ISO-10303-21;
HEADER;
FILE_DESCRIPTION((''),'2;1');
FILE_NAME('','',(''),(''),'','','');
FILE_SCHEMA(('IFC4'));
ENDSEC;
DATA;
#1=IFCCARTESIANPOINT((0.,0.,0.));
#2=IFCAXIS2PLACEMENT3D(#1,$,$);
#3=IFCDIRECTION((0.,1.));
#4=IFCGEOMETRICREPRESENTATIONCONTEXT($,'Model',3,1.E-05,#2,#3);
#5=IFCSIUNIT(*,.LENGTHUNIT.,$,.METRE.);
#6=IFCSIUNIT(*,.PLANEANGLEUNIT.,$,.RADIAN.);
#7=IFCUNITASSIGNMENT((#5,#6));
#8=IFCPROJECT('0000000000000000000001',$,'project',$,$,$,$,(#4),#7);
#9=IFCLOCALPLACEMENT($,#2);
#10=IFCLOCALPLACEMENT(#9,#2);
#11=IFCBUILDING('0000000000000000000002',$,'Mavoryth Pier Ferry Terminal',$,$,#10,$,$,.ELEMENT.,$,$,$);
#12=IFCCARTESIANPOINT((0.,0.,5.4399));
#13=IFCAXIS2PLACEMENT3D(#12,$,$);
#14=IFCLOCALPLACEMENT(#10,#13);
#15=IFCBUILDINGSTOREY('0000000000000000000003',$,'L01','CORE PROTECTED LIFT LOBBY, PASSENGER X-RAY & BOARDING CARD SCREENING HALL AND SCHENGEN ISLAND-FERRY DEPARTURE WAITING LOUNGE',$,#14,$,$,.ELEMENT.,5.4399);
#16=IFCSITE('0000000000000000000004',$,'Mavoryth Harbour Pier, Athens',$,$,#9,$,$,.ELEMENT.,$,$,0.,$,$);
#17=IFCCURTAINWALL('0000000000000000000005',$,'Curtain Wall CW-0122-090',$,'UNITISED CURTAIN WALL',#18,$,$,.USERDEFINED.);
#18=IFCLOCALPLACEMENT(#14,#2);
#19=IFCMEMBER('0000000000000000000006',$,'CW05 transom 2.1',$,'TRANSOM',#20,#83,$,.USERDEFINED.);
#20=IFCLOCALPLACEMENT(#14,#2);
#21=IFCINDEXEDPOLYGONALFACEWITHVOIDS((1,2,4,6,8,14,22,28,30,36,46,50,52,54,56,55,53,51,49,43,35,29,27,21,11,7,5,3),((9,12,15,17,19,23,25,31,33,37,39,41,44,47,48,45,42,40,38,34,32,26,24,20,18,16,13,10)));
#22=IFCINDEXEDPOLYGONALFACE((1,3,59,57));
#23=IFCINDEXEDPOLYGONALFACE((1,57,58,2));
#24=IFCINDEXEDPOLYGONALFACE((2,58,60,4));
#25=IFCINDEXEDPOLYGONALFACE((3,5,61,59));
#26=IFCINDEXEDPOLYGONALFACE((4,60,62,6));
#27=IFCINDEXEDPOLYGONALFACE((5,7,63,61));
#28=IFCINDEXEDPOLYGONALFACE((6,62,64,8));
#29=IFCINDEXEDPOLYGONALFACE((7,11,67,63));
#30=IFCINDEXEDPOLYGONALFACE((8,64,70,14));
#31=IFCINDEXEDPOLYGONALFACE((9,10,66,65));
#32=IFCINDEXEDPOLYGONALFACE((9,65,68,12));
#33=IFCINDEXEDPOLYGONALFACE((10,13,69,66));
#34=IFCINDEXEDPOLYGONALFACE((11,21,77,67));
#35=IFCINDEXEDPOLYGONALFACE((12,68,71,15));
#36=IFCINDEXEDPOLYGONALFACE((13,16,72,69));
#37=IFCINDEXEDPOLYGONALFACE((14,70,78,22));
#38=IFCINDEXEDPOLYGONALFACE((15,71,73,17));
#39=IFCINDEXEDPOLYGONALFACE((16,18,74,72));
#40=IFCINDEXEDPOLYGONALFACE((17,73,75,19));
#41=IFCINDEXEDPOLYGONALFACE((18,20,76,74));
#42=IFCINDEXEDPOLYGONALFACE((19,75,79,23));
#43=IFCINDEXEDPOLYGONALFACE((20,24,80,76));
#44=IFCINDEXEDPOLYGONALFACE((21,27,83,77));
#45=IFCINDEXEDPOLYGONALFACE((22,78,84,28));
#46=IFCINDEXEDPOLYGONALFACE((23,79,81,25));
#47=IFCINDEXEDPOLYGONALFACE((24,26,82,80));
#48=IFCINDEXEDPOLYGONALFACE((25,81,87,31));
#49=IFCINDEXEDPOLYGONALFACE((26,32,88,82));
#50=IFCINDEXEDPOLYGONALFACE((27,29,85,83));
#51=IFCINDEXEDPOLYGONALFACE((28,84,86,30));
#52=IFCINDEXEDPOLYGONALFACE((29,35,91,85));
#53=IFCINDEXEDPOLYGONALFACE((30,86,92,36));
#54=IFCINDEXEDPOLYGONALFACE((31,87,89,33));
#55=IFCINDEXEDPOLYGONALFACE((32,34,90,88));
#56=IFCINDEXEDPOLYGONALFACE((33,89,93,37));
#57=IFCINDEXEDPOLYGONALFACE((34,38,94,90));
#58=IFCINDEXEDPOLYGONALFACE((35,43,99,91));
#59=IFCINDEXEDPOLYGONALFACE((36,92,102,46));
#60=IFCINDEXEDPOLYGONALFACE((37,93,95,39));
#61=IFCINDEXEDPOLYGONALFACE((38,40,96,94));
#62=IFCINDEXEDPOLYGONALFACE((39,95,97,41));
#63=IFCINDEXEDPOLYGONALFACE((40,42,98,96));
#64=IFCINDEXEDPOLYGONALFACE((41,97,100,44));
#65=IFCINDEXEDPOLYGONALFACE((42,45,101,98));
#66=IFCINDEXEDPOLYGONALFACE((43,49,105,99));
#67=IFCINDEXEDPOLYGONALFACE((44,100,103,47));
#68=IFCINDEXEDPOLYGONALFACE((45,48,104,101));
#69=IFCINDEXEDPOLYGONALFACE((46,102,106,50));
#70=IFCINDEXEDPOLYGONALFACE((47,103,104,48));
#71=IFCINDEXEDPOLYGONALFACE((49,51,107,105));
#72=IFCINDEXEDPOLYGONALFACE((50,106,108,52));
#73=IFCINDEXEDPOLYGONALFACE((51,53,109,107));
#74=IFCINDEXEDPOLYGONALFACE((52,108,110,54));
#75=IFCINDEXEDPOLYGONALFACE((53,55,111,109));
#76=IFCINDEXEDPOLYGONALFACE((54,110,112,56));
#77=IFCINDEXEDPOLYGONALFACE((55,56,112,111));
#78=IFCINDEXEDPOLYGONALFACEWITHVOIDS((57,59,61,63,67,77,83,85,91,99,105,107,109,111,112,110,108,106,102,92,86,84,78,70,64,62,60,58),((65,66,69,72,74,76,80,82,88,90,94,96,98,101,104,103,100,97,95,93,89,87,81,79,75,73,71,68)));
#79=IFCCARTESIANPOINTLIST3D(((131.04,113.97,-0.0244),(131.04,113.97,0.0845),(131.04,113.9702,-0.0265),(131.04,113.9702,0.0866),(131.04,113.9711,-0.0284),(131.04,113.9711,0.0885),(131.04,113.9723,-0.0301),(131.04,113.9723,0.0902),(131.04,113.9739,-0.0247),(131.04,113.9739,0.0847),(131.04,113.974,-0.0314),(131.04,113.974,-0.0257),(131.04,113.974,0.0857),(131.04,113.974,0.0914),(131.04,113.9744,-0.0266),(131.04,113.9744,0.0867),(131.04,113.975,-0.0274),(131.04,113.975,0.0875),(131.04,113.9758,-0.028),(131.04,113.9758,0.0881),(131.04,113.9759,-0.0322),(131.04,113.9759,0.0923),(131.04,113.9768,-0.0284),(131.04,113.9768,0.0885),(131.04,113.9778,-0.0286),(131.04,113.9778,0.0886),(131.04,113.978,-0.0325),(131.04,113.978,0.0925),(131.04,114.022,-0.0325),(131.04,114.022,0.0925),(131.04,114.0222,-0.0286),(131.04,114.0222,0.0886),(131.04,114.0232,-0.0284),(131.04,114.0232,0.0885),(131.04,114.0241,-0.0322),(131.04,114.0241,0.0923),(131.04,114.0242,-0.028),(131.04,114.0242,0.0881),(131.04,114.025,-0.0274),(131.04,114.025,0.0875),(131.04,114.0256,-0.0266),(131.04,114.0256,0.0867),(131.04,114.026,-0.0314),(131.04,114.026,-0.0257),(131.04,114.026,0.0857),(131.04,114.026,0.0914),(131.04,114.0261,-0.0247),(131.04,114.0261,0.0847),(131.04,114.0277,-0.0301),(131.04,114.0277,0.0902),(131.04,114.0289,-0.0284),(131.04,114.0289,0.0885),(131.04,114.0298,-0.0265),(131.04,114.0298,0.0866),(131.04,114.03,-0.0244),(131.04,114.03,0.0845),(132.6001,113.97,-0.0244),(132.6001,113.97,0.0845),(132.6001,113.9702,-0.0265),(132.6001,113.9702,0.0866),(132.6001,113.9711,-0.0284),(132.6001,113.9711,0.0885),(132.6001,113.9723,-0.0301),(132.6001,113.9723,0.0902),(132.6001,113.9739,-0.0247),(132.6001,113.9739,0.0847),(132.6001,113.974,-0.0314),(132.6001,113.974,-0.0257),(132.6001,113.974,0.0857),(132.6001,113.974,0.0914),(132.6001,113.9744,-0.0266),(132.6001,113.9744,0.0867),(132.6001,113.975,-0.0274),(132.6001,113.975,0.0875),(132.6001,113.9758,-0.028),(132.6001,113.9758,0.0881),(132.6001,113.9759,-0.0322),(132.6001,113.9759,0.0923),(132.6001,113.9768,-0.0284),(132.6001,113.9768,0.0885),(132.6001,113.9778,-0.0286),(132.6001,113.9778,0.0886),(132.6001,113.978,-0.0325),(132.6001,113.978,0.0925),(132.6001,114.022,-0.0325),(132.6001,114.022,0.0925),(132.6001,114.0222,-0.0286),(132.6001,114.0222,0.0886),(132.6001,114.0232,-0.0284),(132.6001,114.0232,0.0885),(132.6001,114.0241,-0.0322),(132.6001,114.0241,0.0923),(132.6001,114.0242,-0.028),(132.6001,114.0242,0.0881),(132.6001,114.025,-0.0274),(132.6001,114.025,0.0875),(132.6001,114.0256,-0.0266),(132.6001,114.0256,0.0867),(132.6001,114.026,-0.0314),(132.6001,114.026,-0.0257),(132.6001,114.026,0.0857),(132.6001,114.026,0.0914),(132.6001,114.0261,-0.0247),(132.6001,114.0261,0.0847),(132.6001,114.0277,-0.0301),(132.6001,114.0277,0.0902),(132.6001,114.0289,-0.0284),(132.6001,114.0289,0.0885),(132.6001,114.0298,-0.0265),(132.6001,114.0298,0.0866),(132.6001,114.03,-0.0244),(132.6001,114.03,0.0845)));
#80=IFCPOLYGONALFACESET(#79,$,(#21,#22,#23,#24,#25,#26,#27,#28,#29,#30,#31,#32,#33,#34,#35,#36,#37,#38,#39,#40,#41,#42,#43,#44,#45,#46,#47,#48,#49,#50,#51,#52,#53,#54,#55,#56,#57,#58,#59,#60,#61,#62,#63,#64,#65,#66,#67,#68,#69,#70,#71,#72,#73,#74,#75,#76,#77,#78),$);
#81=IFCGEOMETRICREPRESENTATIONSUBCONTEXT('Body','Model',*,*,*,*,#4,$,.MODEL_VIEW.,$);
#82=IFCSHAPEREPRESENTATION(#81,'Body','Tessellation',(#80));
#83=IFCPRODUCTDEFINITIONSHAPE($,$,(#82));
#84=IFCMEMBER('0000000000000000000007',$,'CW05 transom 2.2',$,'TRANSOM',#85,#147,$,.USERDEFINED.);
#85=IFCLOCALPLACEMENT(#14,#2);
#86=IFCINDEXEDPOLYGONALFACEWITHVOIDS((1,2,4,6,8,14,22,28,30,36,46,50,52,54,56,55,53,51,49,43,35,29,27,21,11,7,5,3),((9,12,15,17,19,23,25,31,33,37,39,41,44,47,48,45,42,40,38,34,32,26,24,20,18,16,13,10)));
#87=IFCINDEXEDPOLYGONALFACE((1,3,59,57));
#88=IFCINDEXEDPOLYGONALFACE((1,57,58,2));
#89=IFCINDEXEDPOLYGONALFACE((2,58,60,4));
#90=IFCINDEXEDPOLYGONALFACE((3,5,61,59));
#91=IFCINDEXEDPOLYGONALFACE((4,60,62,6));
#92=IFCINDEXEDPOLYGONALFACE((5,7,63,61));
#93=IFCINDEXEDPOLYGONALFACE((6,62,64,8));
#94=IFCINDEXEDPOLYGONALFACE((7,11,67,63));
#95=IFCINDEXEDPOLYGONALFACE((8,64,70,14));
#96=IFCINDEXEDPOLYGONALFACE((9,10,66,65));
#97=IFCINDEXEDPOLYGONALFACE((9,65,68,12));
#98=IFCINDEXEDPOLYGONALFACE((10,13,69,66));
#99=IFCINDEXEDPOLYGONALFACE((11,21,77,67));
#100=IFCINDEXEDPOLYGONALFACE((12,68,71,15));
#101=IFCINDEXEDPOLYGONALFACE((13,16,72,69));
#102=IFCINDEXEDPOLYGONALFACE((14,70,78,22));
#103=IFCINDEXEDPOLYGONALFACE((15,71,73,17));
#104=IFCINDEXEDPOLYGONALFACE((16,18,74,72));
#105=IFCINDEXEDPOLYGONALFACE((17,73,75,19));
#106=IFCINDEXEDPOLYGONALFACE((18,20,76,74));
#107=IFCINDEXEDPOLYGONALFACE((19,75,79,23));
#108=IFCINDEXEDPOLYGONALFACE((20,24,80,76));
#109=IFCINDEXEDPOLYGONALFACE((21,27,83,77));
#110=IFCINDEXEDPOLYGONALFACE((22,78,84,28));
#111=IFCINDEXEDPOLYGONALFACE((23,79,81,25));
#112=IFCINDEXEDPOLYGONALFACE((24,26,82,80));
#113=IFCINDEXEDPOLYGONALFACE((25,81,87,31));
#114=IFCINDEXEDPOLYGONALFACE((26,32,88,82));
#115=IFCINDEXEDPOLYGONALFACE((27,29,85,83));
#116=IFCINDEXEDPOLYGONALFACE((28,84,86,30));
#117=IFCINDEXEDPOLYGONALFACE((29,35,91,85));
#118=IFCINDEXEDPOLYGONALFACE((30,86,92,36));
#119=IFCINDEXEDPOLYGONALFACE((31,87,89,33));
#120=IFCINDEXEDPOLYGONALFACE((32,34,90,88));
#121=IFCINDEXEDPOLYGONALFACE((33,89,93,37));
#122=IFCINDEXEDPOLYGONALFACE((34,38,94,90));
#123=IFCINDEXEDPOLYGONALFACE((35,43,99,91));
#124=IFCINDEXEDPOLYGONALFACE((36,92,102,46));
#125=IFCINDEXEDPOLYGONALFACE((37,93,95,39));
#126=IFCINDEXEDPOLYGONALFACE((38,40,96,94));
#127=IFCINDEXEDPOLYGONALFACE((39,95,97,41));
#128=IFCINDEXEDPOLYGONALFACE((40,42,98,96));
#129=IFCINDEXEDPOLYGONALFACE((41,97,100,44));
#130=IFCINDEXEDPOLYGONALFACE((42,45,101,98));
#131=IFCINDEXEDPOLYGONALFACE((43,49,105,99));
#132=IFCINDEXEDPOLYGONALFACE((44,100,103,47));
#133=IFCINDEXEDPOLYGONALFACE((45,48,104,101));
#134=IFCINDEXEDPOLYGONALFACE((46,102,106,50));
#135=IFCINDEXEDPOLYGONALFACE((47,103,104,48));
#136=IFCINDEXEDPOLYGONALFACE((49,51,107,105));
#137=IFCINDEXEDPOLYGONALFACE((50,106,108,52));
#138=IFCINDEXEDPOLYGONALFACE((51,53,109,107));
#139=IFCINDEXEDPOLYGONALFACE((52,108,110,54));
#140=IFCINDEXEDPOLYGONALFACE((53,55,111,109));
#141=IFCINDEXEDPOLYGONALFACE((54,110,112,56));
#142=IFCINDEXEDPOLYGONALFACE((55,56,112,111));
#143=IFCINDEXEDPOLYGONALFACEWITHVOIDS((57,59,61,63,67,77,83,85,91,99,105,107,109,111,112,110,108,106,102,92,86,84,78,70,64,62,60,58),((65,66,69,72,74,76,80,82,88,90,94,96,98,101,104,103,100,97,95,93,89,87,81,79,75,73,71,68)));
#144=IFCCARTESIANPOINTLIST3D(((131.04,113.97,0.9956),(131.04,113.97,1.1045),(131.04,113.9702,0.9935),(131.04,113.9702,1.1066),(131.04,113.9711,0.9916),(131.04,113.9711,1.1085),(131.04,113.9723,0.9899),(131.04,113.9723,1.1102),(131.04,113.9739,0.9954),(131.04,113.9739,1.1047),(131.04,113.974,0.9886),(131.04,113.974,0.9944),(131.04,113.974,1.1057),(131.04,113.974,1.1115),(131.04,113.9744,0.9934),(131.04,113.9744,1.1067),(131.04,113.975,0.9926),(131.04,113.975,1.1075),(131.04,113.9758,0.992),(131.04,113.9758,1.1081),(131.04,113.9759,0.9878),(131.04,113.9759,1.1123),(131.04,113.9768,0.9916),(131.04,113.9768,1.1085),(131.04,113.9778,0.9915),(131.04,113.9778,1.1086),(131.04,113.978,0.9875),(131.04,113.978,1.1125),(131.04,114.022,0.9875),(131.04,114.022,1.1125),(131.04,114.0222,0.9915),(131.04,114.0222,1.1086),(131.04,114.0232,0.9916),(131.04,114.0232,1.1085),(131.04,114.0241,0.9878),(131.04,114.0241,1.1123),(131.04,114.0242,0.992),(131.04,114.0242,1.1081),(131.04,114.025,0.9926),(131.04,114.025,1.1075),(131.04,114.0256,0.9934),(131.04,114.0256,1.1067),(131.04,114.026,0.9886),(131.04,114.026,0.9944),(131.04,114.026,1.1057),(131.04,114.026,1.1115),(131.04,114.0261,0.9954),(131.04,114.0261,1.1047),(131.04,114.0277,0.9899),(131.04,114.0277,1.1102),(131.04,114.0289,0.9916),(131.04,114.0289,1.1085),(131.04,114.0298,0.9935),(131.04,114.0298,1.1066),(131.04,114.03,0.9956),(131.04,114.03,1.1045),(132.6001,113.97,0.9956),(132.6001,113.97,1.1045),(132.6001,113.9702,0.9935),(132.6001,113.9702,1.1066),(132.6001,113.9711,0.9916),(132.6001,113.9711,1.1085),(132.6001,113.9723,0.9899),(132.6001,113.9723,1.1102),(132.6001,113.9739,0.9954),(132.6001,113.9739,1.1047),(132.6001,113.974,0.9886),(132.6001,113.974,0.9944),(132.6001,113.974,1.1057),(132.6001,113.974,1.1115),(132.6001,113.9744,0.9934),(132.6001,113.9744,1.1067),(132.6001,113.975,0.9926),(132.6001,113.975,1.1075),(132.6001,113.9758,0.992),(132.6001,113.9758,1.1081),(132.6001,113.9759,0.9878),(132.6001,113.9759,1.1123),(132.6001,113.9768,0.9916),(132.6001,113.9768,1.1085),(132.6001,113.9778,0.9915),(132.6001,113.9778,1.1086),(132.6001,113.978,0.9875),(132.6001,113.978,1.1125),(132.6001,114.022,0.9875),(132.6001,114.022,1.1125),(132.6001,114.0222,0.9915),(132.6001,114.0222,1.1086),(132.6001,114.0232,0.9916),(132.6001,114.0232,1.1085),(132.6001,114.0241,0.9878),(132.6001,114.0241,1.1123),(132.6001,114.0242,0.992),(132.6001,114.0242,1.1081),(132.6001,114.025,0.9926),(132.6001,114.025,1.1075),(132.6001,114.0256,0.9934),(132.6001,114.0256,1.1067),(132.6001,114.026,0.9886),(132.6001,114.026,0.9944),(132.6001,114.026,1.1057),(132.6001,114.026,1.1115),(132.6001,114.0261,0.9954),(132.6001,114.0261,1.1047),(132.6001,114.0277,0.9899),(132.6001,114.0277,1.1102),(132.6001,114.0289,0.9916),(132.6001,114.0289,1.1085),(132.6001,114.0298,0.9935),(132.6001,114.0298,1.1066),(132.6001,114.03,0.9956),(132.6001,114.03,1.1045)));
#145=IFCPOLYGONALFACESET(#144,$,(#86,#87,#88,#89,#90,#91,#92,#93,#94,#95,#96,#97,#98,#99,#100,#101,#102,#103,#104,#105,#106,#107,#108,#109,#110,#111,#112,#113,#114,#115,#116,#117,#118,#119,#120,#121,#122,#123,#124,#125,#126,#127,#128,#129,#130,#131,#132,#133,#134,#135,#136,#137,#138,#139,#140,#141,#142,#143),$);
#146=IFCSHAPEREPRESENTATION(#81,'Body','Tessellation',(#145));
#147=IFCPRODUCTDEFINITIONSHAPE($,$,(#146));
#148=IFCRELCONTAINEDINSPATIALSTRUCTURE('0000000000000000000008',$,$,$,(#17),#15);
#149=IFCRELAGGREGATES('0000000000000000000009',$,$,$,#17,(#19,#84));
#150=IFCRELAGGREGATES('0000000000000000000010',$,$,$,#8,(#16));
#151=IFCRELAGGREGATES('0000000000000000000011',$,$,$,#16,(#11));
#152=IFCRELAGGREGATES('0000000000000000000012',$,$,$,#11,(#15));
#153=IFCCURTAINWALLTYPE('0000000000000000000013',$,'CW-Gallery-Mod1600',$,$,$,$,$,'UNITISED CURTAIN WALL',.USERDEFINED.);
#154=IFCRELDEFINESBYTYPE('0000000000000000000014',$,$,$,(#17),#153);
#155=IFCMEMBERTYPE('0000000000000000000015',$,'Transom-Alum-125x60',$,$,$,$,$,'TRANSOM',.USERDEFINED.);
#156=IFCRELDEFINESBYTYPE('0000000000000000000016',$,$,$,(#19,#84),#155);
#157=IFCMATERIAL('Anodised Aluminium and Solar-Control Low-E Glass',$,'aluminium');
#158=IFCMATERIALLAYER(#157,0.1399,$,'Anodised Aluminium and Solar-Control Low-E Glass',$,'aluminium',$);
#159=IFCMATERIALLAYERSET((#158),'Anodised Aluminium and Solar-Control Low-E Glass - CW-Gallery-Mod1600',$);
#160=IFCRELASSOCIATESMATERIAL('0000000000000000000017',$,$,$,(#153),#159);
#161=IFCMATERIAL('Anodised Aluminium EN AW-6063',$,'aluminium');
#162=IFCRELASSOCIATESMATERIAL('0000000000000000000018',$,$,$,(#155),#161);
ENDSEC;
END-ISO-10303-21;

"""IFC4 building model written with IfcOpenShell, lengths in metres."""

from ifc_helpers import new_model, si_unit, direction, frame, origin, origin_2d, place, context, subcontext, project, spatial, hollow_rectangle, extrude, material, layer, layer_set, material_profile, profile_set, type_object, element, aggregate, save


model = new_model("IFC4")

# Units and contexts
model_context = context("Model", 3, precision=1e-05, world=origin(), true_north=direction((0.0, 1.0)))
body_context = subcontext(model_context, "Body", "Model", "MODEL_VIEW")
ifc_project = project(units=[si_unit("LENGTHUNIT", "METRE"), si_unit("PLANEANGLEUNIT", "RADIAN")], contexts=[model_context])

# Site, building, storey
site_placement = place(None, origin())
site = spatial("IfcSite", under=ifc_project, at=site_placement, Name="Mavoryth Harbour Pier, Athens", CompositionType="ELEMENT", RefElevation=0.0)
building_placement = place(site_placement, origin())
building = spatial("IfcBuilding", under=site, at=building_placement, Name="Mavoryth Pier Ferry Terminal", CompositionType="ELEMENT")
storey_placement = place(building_placement, frame((0.0, 0.0, 5.4399)))
storey = spatial("IfcBuildingStorey", under=building, at=storey_placement, Name="L01", Description="CORE PROTECTED LIFT LOBBY, PASSENGER X-RAY & BOARDING CARD SCREENING HALL AND SCHENGEN ISLAND-FERRY DEPARTURE WAITING LOUNGE", CompositionType="ELEMENT", Elevation=5.4399)

# Curtain wall
ifc_material_1 = material(Name="Anodised Aluminium and Solar-Control Low-E Glass", Category="aluminium")
ifc_layer_1 = layer(ifc_material_1, 0.1399, Name="Anodised Aluminium and Solar-Control Low-E Glass", Category="aluminium")
ifc_layer_set_1 = layer_set([ifc_layer_1], Name="Anodised Aluminium and Solar-Control Low-E Glass - CW-Gallery-Mod1600")
curtain_wall_type = type_object("IfcCurtainWallType", Name="CW-Gallery-Mod1600", ElementType="UNITISED CURTAIN WALL", PredefinedType="USERDEFINED", material=ifc_layer_set_1)
curtain_wall_1_placement = place(storey_placement, origin())
curtain_wall_1 = element("IfcCurtainWall", 1, at=curtain_wall_1_placement, inside=storey, type_object=curtain_wall_type, Name="Curtain Wall CW-0122-090", ObjectType="UNITISED CURTAIN WALL", PredefinedType="USERDEFINED")
ifc_material_2 = material(Name="Anodised Aluminium EN AW-6063", Category="aluminium")

# Members
ifc_material_profile_1 = material_profile(ifc_material_2, hollow_rectangle(XDim=0.0601, YDim=0.125, WallThickness=0.0039, InnerFilletRadius=0.0039, OuterFilletRadius=0.0081, at=origin_2d()), Name="AL-TRAN 125x60x4", Category="aluminium")
ifc_profile_set_1 = profile_set([ifc_material_profile_1], Name="Anodised Aluminium EN AW-6063 - AL-TRAN 125x60x4")
member_type_1 = type_object("IfcMemberType", Name="Transom-Alum-125x60", ElementType="TRANSOM", PredefinedType="USERDEFINED", material=ifc_profile_set_1)
member_1_placement = place(storey_placement, frame((132.6001, 114.0, 0.03), z_axis=(-1.0, 0.0, 0.0), x_axis=(0.0, -1.0, 0.0)))
member_1 = element("IfcMember", 2, at=member_1_placement, type_object=member_type_1, Name="CW05 transom 2.1", ObjectType="TRANSOM", PredefinedType="USERDEFINED", context=body_context, shape_type="SweptSolid", body=[
    extrude(hollow_rectangle(XDim=0.0601, YDim=0.125, WallThickness=0.0039, InnerFilletRadius=0.0039, OuterFilletRadius=0.0081, at=origin_2d()), origin(), (0.0, 0.0, 1.0), 1.5601),
])
member_2_placement = place(storey_placement, frame((132.6001, 114.0, 1.05), z_axis=(-1.0, 0.0, 0.0), x_axis=(0.0, -1.0, 0.0)))
member_2 = element("IfcMember", 3, at=member_2_placement, type_object=member_type_1, Name="CW05 transom 2.2", ObjectType="TRANSOM", PredefinedType="USERDEFINED", context=body_context, shape_type="SweptSolid", body=[
    extrude(hollow_rectangle(XDim=0.0601, YDim=0.125, WallThickness=0.0039, InnerFilletRadius=0.0039, OuterFilletRadius=0.0081, at=origin_2d()), origin(), (0.0, 0.0, 1.0), 1.5601),
])

aggregate(curtain_wall_1, [member_1, member_2])

save(model, "model.ifc")
